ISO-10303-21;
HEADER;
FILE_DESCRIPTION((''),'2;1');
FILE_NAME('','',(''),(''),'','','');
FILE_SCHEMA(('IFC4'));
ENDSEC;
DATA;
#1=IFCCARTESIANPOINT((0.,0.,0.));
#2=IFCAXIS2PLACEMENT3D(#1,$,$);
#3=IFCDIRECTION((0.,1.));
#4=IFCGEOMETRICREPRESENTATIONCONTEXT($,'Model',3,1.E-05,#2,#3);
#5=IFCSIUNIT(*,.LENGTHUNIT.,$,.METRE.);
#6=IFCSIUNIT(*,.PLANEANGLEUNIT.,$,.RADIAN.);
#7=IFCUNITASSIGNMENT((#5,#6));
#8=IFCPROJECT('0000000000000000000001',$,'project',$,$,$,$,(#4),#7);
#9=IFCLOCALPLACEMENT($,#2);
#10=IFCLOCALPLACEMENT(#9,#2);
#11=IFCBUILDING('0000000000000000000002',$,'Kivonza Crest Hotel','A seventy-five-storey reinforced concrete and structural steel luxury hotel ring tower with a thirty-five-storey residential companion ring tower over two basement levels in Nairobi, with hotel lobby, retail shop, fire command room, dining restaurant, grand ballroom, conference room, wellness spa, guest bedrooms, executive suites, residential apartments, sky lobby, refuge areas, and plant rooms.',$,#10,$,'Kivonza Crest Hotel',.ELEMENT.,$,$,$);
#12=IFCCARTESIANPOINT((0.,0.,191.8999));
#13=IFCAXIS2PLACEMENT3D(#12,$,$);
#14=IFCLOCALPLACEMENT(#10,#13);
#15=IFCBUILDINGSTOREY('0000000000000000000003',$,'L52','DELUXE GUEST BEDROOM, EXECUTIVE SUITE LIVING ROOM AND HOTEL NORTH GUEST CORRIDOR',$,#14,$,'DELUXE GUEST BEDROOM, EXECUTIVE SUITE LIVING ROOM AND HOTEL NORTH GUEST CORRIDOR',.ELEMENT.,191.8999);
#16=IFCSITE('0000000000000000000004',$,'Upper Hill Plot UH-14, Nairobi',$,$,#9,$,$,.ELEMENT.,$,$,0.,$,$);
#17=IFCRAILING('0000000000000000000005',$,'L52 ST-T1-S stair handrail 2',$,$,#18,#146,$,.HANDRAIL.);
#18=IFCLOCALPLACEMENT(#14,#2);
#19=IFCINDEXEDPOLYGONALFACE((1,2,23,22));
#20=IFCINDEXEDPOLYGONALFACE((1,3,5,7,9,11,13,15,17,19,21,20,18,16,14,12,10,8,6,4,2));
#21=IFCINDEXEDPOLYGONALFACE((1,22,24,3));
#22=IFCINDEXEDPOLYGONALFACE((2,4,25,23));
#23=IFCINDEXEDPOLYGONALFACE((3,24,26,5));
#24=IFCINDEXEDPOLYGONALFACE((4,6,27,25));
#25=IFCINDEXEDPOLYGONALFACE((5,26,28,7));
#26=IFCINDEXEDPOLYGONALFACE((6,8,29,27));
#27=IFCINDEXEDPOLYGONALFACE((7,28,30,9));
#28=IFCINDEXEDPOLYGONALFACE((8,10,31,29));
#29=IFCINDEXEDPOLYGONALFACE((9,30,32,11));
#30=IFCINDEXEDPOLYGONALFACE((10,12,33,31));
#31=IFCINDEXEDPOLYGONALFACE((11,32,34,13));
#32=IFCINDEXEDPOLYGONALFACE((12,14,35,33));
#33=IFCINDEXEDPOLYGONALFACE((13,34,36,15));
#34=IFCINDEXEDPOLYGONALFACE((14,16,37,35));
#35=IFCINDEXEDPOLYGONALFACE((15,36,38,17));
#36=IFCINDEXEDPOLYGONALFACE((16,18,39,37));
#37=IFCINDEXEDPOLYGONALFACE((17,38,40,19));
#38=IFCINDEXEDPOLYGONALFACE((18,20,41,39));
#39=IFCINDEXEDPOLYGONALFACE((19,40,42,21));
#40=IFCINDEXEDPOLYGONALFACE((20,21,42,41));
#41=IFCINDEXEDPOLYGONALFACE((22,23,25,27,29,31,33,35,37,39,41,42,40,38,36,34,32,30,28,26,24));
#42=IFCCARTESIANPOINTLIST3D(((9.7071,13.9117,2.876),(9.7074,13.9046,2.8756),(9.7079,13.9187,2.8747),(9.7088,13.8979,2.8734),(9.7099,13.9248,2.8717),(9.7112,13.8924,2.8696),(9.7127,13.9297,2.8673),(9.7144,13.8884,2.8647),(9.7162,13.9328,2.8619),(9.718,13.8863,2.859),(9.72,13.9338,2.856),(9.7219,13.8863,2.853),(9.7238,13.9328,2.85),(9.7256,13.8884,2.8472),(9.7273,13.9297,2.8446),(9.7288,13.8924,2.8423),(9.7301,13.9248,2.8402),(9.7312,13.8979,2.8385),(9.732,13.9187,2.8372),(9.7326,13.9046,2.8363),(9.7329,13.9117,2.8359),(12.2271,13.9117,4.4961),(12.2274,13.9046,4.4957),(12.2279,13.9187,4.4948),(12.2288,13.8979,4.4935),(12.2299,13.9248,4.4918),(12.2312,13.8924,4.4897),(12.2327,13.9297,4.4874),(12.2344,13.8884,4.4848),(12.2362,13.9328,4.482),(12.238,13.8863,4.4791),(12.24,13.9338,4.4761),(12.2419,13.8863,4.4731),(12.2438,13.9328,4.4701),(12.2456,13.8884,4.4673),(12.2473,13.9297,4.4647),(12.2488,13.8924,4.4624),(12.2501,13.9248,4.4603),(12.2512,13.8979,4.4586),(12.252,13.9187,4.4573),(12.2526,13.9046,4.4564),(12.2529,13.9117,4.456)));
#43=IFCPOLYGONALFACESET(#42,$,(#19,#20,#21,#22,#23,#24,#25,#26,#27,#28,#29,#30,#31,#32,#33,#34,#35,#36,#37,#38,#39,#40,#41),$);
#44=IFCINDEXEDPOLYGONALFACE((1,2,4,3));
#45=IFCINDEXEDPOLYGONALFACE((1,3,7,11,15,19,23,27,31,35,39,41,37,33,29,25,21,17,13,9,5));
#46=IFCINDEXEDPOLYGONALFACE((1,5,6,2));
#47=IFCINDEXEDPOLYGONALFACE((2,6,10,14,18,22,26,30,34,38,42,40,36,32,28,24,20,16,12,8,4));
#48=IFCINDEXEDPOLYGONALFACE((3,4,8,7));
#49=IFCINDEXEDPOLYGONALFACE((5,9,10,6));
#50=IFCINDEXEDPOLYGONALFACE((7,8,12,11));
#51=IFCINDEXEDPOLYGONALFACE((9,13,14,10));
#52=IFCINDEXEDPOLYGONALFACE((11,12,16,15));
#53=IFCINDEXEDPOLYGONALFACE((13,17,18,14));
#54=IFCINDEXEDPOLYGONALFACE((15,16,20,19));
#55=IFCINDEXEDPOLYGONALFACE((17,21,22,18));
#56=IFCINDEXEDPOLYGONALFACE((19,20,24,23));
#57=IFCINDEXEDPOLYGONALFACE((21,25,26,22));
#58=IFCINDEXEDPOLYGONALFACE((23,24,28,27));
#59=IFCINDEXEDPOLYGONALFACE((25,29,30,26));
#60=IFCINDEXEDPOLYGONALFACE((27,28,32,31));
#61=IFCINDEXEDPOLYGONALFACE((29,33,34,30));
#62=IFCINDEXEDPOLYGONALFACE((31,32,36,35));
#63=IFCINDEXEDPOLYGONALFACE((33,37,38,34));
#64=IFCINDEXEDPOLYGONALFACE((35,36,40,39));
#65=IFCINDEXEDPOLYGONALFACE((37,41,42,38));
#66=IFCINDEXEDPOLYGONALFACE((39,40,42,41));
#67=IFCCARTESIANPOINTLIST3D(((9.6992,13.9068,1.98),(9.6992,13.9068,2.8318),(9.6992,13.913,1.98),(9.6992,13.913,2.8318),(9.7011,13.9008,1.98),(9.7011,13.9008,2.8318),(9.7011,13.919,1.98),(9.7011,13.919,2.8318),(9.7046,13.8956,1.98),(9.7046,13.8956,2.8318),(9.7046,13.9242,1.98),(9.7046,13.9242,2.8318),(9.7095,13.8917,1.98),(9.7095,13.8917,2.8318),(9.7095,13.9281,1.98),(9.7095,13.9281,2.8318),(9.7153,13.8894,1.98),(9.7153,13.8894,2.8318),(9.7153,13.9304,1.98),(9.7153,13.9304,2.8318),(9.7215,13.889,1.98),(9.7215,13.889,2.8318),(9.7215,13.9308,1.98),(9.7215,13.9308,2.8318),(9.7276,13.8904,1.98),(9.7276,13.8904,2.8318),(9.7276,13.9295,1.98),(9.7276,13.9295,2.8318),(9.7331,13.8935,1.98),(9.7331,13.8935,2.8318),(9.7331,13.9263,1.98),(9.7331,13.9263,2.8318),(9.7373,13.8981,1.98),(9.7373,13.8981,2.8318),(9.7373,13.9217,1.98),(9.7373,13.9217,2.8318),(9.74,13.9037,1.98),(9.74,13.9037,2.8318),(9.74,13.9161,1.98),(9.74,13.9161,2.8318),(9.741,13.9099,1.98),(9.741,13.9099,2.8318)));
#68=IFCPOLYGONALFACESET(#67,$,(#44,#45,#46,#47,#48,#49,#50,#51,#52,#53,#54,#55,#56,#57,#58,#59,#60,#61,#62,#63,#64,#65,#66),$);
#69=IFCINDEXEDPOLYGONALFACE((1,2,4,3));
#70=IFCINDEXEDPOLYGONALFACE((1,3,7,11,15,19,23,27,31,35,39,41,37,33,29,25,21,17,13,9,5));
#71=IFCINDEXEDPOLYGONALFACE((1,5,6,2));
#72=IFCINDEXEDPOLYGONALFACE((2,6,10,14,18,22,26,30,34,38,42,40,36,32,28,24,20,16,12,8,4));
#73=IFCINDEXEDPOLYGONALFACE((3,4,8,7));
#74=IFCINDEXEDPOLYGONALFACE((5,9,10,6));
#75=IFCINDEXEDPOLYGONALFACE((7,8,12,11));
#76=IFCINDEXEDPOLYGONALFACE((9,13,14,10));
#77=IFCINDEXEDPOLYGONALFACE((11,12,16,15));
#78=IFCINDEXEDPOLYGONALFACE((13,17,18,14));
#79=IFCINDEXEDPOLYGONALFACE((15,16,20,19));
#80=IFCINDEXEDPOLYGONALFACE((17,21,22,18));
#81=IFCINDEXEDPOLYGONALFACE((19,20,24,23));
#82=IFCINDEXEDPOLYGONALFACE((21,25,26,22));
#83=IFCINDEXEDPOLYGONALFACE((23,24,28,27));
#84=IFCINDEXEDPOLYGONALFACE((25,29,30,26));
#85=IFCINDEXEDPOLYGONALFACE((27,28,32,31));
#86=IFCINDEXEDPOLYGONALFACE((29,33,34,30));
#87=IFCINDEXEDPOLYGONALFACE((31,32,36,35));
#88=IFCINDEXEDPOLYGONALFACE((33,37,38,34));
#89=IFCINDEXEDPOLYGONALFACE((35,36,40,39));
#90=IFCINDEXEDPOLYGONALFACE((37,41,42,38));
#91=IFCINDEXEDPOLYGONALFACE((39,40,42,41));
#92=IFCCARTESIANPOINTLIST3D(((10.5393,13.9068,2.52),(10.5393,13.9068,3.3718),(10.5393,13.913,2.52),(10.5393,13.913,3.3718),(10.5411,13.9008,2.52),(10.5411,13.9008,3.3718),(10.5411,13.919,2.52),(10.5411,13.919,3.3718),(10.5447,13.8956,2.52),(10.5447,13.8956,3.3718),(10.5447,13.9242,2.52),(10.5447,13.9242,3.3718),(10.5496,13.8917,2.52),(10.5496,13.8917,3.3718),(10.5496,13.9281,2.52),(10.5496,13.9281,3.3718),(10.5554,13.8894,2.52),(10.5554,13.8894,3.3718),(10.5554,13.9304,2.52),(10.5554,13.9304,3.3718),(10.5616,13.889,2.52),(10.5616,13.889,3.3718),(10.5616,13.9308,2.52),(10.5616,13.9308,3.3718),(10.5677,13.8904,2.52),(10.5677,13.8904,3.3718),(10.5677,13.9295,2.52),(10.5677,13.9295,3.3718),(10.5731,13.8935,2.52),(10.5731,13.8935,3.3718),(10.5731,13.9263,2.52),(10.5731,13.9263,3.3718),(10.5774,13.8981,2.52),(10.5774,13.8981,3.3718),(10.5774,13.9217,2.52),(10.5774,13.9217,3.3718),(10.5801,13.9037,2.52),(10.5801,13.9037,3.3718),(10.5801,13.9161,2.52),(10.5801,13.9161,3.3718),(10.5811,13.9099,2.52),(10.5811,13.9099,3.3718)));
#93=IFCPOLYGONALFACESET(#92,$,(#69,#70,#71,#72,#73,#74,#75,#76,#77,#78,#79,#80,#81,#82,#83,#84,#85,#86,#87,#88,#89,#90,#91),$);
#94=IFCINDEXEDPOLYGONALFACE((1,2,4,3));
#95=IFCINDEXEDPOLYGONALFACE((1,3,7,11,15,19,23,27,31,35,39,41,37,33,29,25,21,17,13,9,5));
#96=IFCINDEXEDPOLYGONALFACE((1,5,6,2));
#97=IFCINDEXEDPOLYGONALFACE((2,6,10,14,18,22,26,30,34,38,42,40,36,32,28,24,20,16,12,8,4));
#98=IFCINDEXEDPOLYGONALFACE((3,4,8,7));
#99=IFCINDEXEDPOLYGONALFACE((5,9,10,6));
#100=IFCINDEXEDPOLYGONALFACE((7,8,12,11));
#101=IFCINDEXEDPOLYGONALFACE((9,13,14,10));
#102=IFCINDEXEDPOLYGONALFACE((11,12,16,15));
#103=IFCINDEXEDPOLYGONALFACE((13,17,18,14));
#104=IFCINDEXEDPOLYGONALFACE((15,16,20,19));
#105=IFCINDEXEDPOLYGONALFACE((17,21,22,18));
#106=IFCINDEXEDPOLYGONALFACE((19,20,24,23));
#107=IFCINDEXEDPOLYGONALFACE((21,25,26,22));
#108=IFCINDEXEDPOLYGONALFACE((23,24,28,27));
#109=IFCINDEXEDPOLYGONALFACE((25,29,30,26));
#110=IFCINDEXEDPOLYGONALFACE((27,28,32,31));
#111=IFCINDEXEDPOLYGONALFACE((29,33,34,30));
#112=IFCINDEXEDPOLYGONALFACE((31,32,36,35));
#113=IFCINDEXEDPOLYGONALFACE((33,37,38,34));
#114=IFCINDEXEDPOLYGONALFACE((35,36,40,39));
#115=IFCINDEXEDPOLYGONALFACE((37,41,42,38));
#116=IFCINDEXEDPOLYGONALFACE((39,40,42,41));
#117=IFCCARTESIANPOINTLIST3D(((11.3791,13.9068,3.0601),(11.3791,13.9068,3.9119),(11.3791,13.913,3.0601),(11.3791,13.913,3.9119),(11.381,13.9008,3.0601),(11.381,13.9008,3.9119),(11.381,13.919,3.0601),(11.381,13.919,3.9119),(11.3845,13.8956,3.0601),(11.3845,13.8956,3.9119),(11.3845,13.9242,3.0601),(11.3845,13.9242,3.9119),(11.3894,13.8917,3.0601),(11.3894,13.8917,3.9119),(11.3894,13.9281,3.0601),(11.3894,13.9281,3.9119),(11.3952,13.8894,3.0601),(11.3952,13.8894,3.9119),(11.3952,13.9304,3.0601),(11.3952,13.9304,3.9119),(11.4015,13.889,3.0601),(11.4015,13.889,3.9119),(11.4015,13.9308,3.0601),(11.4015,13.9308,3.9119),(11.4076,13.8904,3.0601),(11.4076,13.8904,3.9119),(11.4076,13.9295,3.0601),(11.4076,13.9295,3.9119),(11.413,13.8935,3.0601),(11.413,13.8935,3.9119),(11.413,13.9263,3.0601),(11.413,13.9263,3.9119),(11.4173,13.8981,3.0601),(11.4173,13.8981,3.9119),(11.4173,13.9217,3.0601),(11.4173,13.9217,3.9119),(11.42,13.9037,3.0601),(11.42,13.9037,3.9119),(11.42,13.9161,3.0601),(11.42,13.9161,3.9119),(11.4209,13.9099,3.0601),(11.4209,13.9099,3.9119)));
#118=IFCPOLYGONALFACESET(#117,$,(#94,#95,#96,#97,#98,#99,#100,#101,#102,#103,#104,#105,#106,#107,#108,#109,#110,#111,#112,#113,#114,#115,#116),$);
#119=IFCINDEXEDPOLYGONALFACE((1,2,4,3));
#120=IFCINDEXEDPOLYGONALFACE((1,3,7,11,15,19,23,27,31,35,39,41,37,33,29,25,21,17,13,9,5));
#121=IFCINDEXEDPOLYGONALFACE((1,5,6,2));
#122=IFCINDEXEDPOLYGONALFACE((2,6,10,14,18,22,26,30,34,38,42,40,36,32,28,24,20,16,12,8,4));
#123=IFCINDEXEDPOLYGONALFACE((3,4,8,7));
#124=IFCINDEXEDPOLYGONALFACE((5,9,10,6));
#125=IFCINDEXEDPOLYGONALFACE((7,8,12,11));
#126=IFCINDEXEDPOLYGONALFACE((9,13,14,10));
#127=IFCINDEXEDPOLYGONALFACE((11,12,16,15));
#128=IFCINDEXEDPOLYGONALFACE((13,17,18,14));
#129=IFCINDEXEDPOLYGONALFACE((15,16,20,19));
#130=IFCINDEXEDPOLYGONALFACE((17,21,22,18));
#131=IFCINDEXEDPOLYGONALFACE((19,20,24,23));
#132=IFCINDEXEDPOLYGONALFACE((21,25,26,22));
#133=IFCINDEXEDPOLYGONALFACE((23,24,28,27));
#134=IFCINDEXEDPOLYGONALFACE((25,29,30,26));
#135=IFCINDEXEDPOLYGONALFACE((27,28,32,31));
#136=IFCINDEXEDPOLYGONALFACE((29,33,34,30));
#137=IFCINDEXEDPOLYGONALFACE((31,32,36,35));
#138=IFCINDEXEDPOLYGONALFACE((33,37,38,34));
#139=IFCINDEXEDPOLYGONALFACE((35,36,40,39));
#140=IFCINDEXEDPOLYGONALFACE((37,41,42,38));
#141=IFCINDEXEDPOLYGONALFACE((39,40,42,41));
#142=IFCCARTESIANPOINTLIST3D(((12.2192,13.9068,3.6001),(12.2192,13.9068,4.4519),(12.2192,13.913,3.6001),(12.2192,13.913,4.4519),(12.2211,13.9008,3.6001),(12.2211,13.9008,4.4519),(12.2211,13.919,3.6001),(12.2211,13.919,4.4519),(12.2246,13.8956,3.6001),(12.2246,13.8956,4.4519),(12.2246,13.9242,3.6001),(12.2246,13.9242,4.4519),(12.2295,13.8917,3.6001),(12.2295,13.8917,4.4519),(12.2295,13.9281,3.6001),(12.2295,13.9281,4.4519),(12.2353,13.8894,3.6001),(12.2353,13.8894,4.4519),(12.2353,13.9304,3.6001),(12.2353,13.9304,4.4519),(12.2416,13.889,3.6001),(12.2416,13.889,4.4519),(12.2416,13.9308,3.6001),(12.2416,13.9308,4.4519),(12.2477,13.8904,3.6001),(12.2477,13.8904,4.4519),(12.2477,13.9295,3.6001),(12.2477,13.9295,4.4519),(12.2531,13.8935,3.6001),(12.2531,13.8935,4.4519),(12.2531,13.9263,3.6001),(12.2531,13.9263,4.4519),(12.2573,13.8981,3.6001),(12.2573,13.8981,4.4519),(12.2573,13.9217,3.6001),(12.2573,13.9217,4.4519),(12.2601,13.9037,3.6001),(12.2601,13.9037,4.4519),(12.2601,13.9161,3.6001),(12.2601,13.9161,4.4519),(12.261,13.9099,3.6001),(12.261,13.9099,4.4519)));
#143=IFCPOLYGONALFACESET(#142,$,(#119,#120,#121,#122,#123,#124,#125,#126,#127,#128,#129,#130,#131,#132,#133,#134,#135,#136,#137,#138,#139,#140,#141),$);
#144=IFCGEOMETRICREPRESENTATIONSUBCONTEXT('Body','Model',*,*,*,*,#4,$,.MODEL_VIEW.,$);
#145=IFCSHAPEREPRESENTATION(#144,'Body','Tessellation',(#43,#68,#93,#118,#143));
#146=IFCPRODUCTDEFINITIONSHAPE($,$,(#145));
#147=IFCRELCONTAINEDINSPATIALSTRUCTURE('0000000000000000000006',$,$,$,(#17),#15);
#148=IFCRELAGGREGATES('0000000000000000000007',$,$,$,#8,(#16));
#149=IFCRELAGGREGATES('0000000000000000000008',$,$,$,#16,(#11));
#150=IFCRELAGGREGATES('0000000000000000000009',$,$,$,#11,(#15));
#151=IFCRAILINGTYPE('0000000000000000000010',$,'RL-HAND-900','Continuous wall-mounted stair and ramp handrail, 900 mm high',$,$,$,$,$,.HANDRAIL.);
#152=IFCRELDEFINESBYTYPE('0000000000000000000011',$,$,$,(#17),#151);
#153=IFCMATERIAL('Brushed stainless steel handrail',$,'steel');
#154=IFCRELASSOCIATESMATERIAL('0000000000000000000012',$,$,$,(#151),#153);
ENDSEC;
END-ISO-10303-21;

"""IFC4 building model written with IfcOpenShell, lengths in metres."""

from ifc_helpers import new_model, si_unit, direction, frame, origin, origin_2d, place, context, subcontext, project, spatial, circle, extrude, material, type_object, element, save


model = new_model("IFC4")

# Units and contexts
model_context = context("Model", 3, precision=1e-05, world=origin(), true_north=direction((0.0, 1.0)))
body_context = subcontext(model_context, "Body", "Model", "MODEL_VIEW")
ifc_project = project(units=[si_unit("LENGTHUNIT", "METRE"), si_unit("PLANEANGLEUNIT", "RADIAN")], contexts=[model_context])

# Site, building, storey
site_placement = place(None, origin())
site = spatial("IfcSite", under=ifc_project, at=site_placement, Name="Upper Hill Plot UH-14, Nairobi", CompositionType="ELEMENT", RefElevation=0.0)
building_placement = place(site_placement, origin())
building = spatial("IfcBuilding", under=site, at=building_placement, Name="Kivonza Crest Hotel", Description="A seventy-five-storey reinforced concrete and structural steel luxury hotel ring tower with a thirty-five-storey residential companion ring tower over two basement levels in Nairobi, with hotel lobby, retail shop, fire command room, dining restaurant, grand ballroom, conference room, wellness spa, guest bedrooms, executive suites, residential apartments, sky lobby, refuge areas, and plant rooms.", LongName="Kivonza Crest Hotel", CompositionType="ELEMENT")
storey_placement = place(building_placement, frame((0.0, 0.0, 191.8999)))
storey = spatial("IfcBuildingStorey", under=building, at=storey_placement, Name="L52", Description="DELUXE GUEST BEDROOM, EXECUTIVE SUITE LIVING ROOM AND HOTEL NORTH GUEST CORRIDOR", LongName="DELUXE GUEST BEDROOM, EXECUTIVE SUITE LIVING ROOM AND HOTEL NORTH GUEST CORRIDOR", CompositionType="ELEMENT", Elevation=191.8999)

# Railing
ifc_material_1 = material(Name="Brushed stainless steel handrail", Category="steel")
railing_type_1 = type_object("IfcRailingType", Name="RL-HAND-900", Description="Continuous wall-mounted stair and ramp handrail, 900 mm high", PredefinedType="HANDRAIL", material=ifc_material_1)
railing_1_placement = place(storey_placement, frame((9.72, 13.9099, 1.98)))
element("IfcRailing", 1, at=railing_1_placement, inside=storey, type_object=railing_type_1, Name="L52 ST-T1-S stair handrail 2", PredefinedType="HANDRAIL", context=body_context, shape_type="SweptSolid", body=[
    extrude(circle(Radius=0.0239, at=origin_2d()), frame((0.0, 0.0, 0.876), z_axis=(0.841163, 0.0, 0.540782), x_axis=(0.0, 1.0, 0.0)), (0.0, 0.0, 1.0), 2.9958),
    extrude(circle(Radius=0.021, at=origin_2d()), origin(), (0.0, 0.0, 1.0), 0.8518),
    extrude(circle(Radius=0.021, at=origin_2d()), frame((0.8401, 0.0, 0.54)), (0.0, 0.0, 1.0), 0.8518),
    extrude(circle(Radius=0.021, at=origin_2d()), frame((1.6799, 0.0, 1.0801)), (0.0, 0.0, 1.0), 0.8518),
    extrude(circle(Radius=0.021, at=origin_2d()), frame((2.52, 0.0, 1.6201)), (0.0, 0.0, 1.0), 0.8518),
])

save(model, "model.ifc")
